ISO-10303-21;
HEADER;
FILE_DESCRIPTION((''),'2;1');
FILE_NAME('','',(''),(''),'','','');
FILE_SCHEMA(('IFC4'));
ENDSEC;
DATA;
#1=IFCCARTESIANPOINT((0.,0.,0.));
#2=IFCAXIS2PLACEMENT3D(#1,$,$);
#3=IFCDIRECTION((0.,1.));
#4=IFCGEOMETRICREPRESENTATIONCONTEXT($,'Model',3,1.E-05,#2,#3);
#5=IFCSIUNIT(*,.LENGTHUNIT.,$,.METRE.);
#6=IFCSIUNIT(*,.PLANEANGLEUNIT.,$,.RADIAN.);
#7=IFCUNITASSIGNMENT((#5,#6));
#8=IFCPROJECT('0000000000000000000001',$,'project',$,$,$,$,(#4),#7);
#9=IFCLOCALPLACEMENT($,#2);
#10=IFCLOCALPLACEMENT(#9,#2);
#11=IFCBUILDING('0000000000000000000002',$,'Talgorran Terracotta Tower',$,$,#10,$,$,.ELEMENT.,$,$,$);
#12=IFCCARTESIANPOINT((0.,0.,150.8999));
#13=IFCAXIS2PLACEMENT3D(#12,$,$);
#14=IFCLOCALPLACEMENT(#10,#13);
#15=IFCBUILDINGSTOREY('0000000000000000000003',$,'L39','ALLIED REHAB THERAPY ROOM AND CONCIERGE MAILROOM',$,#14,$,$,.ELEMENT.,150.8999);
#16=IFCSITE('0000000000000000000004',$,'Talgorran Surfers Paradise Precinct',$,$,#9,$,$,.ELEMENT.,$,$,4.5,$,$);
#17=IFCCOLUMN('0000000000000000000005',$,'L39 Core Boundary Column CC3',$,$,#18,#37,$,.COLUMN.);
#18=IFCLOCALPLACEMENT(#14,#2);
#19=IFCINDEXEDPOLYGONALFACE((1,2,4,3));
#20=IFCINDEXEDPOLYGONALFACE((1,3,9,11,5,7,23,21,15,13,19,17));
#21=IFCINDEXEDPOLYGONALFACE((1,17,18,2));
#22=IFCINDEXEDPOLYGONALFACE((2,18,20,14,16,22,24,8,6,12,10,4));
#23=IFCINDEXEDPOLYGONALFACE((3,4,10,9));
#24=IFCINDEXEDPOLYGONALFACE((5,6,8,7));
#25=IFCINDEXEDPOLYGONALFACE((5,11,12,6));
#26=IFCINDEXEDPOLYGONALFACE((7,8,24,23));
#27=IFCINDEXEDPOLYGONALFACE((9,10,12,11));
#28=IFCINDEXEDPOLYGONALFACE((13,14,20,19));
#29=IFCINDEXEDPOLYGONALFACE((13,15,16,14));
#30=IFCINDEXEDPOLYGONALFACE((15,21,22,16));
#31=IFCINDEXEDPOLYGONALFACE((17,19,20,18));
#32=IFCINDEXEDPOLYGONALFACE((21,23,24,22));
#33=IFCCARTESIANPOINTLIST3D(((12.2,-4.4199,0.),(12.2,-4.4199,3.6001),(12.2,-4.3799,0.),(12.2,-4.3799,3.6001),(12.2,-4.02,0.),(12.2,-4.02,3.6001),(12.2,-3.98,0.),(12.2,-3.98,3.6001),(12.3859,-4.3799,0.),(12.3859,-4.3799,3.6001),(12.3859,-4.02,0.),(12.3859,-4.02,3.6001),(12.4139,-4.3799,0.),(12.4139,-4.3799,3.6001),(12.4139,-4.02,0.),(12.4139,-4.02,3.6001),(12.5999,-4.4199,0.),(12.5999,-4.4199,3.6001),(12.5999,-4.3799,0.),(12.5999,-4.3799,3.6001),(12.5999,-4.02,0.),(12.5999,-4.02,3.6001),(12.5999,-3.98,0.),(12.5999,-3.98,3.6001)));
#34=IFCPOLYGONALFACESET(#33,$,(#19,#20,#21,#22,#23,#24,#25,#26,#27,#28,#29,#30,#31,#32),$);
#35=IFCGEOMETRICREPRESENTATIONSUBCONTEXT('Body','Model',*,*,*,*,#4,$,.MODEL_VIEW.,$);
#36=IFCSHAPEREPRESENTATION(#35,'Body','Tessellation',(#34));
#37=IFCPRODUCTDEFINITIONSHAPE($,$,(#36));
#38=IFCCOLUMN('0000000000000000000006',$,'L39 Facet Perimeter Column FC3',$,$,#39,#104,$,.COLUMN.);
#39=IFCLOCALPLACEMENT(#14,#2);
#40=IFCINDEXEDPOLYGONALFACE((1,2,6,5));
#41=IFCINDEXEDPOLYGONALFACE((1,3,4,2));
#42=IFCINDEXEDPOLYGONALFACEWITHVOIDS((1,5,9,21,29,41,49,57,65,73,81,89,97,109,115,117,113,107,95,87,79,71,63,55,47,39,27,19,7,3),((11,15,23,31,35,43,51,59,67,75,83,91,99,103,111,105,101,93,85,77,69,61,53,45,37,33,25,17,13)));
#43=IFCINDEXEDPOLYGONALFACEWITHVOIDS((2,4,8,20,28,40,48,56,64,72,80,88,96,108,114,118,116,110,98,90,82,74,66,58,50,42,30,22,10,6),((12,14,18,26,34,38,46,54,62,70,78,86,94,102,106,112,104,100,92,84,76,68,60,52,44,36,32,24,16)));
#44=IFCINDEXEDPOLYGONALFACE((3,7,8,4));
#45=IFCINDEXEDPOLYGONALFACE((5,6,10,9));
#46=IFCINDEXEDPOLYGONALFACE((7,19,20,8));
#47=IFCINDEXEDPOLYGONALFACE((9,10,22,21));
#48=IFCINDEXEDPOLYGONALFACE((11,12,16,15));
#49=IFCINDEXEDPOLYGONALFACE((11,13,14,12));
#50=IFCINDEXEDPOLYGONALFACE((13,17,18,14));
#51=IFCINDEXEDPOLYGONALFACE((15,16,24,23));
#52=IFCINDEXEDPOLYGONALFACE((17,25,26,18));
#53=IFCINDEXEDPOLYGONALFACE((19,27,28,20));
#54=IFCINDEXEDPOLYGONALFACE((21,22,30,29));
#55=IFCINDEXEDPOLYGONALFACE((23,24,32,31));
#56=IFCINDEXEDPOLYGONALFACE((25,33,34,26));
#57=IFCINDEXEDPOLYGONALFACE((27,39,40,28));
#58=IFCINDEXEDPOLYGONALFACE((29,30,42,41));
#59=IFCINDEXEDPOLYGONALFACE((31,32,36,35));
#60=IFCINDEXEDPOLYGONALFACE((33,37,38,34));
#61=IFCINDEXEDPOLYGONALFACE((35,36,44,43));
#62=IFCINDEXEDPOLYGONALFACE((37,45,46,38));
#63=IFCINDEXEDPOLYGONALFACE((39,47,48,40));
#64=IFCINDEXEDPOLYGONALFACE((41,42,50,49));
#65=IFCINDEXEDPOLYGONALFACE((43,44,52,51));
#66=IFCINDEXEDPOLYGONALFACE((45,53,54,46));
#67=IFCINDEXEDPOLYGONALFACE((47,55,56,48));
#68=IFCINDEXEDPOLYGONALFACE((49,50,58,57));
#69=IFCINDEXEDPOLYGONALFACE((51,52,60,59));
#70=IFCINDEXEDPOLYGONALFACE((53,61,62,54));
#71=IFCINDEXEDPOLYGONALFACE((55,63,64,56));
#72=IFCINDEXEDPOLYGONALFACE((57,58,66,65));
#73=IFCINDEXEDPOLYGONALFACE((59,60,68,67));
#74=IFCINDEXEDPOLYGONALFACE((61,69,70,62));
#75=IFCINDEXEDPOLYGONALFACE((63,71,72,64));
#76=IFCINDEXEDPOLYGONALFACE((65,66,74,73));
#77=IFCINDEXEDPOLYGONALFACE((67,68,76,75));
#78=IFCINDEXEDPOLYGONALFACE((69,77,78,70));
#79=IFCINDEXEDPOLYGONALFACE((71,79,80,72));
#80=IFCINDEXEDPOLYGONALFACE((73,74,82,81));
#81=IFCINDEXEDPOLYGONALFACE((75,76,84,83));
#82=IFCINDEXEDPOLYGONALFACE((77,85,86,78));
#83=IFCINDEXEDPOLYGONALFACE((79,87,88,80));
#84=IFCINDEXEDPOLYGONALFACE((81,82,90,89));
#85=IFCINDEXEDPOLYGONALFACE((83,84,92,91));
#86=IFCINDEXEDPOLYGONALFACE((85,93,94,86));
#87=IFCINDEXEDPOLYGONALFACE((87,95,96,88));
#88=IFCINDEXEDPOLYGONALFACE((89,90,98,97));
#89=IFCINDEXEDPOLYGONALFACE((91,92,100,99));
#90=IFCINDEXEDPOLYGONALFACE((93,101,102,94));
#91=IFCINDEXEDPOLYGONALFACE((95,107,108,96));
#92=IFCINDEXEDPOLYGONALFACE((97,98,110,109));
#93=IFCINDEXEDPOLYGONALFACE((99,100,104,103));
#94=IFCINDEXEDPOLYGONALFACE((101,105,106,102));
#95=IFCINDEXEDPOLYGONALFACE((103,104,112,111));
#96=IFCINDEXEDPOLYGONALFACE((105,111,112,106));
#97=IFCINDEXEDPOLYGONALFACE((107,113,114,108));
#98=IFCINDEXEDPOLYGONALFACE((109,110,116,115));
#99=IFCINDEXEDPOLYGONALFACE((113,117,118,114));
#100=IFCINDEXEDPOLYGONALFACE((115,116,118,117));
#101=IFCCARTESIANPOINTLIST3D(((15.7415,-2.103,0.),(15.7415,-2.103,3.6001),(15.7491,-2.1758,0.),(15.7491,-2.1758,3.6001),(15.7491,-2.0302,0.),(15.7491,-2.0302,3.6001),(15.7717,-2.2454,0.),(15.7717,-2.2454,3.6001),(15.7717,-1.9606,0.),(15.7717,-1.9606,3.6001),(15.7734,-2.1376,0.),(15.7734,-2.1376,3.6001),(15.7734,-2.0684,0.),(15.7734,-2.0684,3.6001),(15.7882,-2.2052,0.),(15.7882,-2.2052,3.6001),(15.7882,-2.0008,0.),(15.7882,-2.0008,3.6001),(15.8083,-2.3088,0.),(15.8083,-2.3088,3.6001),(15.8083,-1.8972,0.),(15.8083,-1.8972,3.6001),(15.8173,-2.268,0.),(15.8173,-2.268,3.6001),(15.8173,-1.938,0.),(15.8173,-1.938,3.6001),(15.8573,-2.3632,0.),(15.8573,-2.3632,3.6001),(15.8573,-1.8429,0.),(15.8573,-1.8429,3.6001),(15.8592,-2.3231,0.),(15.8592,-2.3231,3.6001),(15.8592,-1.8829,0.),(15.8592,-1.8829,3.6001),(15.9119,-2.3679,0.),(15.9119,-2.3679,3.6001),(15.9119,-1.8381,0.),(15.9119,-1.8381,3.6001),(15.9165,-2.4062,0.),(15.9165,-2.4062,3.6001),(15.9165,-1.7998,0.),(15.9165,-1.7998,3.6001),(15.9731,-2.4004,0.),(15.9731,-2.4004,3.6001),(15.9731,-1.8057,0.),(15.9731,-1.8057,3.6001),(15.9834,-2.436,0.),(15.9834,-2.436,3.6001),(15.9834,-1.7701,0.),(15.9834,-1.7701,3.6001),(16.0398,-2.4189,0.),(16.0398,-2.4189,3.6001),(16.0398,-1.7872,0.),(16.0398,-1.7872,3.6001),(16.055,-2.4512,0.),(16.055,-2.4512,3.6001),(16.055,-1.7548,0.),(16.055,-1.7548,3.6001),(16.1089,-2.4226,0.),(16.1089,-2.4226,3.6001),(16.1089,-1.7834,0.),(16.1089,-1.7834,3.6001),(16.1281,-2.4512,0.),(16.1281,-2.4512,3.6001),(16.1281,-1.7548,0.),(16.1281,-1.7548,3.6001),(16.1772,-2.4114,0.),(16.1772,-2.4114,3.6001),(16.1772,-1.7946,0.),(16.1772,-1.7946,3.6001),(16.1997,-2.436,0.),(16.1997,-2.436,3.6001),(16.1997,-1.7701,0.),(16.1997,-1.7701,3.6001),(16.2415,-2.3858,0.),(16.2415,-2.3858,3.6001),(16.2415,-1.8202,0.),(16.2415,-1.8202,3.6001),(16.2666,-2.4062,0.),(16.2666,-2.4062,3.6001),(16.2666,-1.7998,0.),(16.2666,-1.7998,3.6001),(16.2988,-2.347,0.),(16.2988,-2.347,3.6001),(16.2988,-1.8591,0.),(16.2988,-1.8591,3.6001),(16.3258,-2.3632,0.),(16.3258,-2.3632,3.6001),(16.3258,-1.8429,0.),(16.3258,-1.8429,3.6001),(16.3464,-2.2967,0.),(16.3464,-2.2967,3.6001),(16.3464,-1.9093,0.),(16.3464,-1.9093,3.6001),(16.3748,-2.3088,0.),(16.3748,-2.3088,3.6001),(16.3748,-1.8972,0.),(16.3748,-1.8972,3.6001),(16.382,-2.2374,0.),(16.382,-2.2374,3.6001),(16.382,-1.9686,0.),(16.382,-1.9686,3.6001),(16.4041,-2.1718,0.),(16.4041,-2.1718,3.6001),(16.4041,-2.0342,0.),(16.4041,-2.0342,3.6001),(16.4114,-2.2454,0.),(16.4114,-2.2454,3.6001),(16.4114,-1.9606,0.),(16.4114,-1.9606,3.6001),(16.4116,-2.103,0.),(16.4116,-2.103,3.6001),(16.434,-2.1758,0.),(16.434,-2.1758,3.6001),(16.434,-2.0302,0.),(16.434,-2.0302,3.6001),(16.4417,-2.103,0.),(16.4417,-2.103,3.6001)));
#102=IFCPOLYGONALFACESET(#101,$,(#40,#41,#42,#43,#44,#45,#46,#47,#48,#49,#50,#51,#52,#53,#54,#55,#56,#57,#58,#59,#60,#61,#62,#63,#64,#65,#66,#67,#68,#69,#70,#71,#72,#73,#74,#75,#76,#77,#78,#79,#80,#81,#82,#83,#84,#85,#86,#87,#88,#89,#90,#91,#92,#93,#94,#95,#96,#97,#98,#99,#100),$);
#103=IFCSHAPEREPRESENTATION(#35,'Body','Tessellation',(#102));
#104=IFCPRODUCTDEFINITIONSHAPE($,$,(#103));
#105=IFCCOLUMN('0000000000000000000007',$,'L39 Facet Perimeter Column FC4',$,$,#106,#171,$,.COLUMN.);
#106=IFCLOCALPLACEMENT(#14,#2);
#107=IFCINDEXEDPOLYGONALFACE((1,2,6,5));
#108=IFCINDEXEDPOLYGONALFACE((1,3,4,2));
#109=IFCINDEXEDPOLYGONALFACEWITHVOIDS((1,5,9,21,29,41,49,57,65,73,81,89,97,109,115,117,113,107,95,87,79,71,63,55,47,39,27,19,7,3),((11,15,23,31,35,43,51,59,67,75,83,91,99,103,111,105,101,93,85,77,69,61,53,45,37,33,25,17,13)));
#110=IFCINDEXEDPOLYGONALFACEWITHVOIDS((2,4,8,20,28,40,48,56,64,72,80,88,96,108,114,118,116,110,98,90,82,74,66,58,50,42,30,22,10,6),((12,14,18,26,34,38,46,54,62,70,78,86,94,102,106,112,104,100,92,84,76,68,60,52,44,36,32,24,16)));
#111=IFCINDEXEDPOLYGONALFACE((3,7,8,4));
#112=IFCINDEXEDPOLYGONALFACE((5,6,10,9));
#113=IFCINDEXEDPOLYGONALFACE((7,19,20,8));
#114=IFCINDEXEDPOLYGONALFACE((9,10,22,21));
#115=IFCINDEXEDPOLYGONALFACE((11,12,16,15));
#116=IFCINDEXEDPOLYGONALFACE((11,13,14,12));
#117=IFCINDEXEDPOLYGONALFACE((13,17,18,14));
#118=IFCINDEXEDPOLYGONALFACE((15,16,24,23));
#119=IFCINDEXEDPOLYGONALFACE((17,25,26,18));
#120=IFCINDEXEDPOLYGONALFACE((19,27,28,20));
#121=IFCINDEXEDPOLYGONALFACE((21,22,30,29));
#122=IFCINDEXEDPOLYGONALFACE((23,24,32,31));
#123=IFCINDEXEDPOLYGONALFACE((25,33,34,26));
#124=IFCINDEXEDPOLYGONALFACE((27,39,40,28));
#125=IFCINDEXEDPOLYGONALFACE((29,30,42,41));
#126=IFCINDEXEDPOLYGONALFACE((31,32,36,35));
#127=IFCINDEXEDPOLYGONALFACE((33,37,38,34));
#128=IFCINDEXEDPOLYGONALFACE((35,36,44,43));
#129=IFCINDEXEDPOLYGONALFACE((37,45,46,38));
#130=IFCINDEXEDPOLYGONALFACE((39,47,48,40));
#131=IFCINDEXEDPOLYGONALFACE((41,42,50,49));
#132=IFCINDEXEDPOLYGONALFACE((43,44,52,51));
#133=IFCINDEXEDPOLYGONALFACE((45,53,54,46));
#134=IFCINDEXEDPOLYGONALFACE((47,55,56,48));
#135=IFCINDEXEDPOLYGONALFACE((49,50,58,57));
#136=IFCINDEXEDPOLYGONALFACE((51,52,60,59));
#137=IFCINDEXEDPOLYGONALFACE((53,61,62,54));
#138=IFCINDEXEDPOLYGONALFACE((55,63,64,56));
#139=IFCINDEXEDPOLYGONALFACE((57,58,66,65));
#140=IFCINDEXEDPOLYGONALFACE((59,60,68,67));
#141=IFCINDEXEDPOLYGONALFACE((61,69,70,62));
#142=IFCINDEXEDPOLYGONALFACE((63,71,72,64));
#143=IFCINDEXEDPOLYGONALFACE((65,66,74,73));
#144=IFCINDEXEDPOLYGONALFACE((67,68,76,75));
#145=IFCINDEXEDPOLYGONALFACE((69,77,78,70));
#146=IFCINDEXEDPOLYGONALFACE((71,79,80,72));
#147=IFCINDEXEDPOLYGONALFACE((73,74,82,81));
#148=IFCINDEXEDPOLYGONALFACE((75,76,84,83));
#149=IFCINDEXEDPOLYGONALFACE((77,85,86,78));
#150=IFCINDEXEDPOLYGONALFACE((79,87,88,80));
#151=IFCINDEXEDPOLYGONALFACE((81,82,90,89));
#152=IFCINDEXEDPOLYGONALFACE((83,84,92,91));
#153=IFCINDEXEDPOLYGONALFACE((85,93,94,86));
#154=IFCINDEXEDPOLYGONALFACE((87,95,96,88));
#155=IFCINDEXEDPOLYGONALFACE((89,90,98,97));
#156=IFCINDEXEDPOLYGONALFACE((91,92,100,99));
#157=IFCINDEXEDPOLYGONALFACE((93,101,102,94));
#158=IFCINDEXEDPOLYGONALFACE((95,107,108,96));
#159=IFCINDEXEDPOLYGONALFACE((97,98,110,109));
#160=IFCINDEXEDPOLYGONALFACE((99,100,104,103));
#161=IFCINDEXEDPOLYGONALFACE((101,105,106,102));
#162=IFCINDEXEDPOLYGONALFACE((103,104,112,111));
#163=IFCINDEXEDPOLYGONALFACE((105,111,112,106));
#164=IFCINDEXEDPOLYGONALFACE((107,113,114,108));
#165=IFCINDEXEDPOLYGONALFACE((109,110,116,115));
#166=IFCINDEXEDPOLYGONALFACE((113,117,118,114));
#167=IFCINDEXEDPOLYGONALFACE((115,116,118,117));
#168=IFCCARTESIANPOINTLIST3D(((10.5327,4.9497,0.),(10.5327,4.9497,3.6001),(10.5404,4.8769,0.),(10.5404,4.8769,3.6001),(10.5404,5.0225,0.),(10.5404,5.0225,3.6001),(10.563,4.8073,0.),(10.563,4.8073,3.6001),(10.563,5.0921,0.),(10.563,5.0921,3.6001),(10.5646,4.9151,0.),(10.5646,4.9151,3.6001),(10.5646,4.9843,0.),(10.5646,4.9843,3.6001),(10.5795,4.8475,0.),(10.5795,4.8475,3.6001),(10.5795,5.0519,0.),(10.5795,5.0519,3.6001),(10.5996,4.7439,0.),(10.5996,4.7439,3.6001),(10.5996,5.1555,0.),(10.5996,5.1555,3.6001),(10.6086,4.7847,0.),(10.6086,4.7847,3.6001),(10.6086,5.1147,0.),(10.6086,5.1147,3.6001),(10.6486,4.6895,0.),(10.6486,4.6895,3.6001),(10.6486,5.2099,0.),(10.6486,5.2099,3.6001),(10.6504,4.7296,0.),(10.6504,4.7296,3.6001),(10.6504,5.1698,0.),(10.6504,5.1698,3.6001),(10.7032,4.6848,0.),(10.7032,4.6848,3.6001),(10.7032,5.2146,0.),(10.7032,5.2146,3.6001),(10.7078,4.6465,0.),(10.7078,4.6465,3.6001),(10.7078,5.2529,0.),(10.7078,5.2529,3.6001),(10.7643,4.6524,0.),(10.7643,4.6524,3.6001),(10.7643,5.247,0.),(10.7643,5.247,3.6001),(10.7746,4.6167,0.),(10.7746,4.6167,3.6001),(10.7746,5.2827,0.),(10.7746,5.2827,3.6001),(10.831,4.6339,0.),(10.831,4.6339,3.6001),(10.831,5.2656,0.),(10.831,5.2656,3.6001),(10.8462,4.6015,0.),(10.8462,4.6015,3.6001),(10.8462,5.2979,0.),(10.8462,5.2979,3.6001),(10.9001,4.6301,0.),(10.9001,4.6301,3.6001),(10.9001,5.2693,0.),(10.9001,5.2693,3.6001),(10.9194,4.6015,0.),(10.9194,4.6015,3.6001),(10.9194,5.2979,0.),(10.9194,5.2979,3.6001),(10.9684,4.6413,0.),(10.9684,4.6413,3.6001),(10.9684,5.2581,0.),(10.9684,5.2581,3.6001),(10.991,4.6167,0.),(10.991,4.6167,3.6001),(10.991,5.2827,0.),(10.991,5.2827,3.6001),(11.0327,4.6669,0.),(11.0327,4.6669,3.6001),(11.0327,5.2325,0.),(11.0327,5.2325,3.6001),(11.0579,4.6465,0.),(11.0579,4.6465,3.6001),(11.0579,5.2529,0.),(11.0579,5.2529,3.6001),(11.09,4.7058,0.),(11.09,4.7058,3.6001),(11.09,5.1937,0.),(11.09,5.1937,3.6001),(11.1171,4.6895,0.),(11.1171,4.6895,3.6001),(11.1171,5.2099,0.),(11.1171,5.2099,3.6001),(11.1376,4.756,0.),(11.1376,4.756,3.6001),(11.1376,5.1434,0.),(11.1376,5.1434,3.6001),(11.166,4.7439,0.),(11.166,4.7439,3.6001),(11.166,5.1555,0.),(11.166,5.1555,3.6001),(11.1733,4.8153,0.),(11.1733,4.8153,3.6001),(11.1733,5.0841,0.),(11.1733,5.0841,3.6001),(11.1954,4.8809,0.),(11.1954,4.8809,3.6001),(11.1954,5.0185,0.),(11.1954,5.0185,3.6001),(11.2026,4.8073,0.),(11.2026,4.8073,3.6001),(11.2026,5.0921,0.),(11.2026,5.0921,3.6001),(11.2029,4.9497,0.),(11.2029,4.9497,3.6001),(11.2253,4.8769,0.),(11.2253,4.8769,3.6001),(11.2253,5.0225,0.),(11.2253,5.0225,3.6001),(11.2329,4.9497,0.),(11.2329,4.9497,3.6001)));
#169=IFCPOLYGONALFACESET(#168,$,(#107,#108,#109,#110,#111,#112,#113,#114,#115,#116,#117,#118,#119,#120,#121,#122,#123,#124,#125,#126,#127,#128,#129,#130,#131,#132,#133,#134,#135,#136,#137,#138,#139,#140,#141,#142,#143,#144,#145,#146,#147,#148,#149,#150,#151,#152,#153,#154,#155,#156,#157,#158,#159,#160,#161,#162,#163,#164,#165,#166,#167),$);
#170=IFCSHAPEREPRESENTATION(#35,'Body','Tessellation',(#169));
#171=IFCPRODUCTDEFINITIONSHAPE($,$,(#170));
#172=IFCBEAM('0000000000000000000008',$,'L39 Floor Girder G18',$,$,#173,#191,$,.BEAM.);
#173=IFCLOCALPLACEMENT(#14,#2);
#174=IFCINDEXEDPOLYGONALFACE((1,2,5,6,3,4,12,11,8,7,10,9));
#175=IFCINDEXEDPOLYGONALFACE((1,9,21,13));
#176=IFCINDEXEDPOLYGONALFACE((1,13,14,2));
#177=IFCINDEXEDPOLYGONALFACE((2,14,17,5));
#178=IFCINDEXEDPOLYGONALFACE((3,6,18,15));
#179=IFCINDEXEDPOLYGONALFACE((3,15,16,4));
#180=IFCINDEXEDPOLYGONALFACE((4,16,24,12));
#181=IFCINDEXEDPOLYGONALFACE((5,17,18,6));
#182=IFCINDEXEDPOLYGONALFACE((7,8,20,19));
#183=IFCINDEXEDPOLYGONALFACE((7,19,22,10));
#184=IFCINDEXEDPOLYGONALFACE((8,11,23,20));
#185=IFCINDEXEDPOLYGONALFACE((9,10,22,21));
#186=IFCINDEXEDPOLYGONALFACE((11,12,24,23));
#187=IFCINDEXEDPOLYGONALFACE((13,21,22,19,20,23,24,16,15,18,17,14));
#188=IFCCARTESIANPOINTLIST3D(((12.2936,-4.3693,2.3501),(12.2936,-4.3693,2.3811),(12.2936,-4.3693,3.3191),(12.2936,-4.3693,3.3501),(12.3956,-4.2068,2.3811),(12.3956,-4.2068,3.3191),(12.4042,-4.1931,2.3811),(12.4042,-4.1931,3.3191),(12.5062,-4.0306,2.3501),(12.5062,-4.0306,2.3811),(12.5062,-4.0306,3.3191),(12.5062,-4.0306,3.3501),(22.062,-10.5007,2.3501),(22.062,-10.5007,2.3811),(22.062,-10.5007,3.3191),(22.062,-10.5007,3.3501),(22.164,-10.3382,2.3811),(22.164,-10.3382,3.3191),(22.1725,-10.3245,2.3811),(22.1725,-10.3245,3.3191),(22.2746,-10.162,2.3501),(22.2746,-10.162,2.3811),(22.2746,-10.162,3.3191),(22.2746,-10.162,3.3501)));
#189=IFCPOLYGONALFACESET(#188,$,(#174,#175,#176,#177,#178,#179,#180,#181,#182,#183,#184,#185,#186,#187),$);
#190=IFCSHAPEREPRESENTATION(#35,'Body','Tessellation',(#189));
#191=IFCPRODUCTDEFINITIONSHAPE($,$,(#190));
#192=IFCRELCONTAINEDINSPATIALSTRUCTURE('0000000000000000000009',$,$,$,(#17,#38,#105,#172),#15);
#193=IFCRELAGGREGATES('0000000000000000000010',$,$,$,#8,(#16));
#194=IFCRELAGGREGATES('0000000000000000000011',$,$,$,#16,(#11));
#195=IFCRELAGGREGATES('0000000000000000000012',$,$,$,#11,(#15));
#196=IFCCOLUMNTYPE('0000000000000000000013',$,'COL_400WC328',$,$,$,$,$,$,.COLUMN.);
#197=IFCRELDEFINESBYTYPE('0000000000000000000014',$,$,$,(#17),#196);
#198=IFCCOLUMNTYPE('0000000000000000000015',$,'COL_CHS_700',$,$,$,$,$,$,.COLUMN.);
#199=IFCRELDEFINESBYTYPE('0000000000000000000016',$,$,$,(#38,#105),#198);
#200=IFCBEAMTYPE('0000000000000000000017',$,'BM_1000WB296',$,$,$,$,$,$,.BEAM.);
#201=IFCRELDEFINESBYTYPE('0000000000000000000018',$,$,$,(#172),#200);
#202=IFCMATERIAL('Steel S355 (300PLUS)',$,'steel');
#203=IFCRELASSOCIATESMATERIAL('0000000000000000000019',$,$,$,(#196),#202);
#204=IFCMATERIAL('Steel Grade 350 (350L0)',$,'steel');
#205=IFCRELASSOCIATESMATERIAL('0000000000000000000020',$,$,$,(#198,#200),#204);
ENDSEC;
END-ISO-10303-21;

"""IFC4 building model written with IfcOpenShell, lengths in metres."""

from ifc_helpers import new_model, si_unit, direction, frame, origin, origin_2d, place, context, subcontext, project, spatial, hollow_circle, i_section, extrude, material, material_profile, profile_set, type_object, element, save


model = new_model("IFC4")

# Units and contexts
model_context = context("Model", 3, precision=1e-05, world=origin(), true_north=direction((0.0, 1.0)))
body_context = subcontext(model_context, "Body", "Model", "MODEL_VIEW")
ifc_project = project(units=[si_unit("LENGTHUNIT", "METRE"), si_unit("PLANEANGLEUNIT", "RADIAN")], contexts=[model_context])

# Site, building, storey
site_placement = place(None, origin())
site = spatial("IfcSite", under=ifc_project, at=site_placement, Name="Talgorran Surfers Paradise Precinct", CompositionType="ELEMENT", RefElevation=4.5)
building_placement = place(site_placement, origin())
building = spatial("IfcBuilding", under=site, at=building_placement, Name="Talgorran Terracotta Tower", CompositionType="ELEMENT")
storey_placement = place(building_placement, frame((0.0, 0.0, 150.8999)))
storey = spatial("IfcBuildingStorey", under=building, at=storey_placement, Name="L39", Description="ALLIED REHAB THERAPY ROOM AND CONCIERGE MAILROOM", CompositionType="ELEMENT", Elevation=150.8999)

# Columns
ifc_material_1 = material(Name="Steel S355 (300PLUS)", Category="steel")
ifc_material_profile_1 = material_profile(ifc_material_1, i_section(OverallWidth=0.3999, OverallDepth=0.4399, WebThickness=0.0281, FlangeThickness=0.04, at=origin_2d()), Name="400WC328")
ifc_profile_set_1 = profile_set([ifc_material_profile_1], Name="Steel S355 (300PLUS)")
column_type_1 = type_object("IfcColumnType", Name="COL_400WC328", PredefinedType="COLUMN", material=ifc_profile_set_1)
column_placement = place(storey_placement, frame((12.3999, -4.2, 0.0), z_axis=(0.0, 0.0, 1.0), x_axis=(1.0, 0.0, 0.0)))
element("IfcColumn", 1, at=column_placement, inside=storey, type_object=column_type_1, Name="L39 Core Boundary Column CC3", PredefinedType="COLUMN", context=body_context, shape_type="SweptSolid", body=[
    extrude(i_section(OverallWidth=0.3999, OverallDepth=0.4399, WebThickness=0.0281, FlangeThickness=0.04, at=origin_2d()), origin(), (0.0, 0.0, 1.0), 3.6001),
])
ifc_material_2 = material(Name="Steel Grade 350 (350L0)", Category="steel")
ifc_material_profile_2 = material_profile(ifc_material_2, hollow_circle(Radius=0.3501, WallThickness=0.03, at=origin_2d()), Name="CHS700X30")
ifc_profile_set_2 = profile_set([ifc_material_profile_2], Name="Steel Grade 350 (350L0)")
column_type_2 = type_object("IfcColumnType", Name="COL_CHS_700", PredefinedType="COLUMN", material=ifc_profile_set_2)
for number, where, z_axis, x_axis, name in (
    (2, (16.0916, -2.103, 0.0), (0.0, 0.0, 1.0), (1.0, 0.0, 0.0), "L39 Facet Perimeter Column FC3"),
    (3, (10.8828, 4.9497, 0.0), (0.0, 0.0, 1.0), (1.0, 0.0, 0.0), "L39 Facet Perimeter Column FC4"),
):
    element("IfcColumn", number, at=place(storey_placement, frame(where, z_axis=z_axis, x_axis=x_axis)), inside=storey, type_object=column_type_2, Name=name, PredefinedType="COLUMN", context=body_context, shape_type="SweptSolid", body=[
        extrude(hollow_circle(Radius=0.3501, WallThickness=0.03, at=origin_2d()), origin(), (0.0, 0.0, 1.0), 3.6001),
    ])

# Beam
ifc_material_profile_3 = material_profile(ifc_material_2, i_section(OverallWidth=0.3999, OverallDepth=1.0, WebThickness=0.0161, FlangeThickness=0.031, at=origin_2d()), Name="1000WB296")
ifc_profile_set_3 = profile_set([ifc_material_profile_3], Name="Steel Grade 350 (350L0)")
beam_type_1 = type_object("IfcBeamType", Name="BM_1000WB296", PredefinedType="BEAM", material=ifc_profile_set_3)
beam_1_placement = place(storey_placement, frame((12.3999, -4.2, 2.8501), z_axis=(0.846978, -0.531629, 0.0), x_axis=(0.531629, 0.846978, 0.0)))
element("IfcBeam", 4, at=beam_1_placement, inside=storey, type_object=beam_type_1, Name="L39 Floor Girder G18", PredefinedType="BEAM", context=body_context, shape_type="SweptSolid", body=[
    extrude(i_section(OverallWidth=0.3999, OverallDepth=1.0, WebThickness=0.0161, FlangeThickness=0.031, at=origin_2d()), origin(), (0.0, 0.0, 1.0), 11.5332),
])

save(model, "model.ifc")
